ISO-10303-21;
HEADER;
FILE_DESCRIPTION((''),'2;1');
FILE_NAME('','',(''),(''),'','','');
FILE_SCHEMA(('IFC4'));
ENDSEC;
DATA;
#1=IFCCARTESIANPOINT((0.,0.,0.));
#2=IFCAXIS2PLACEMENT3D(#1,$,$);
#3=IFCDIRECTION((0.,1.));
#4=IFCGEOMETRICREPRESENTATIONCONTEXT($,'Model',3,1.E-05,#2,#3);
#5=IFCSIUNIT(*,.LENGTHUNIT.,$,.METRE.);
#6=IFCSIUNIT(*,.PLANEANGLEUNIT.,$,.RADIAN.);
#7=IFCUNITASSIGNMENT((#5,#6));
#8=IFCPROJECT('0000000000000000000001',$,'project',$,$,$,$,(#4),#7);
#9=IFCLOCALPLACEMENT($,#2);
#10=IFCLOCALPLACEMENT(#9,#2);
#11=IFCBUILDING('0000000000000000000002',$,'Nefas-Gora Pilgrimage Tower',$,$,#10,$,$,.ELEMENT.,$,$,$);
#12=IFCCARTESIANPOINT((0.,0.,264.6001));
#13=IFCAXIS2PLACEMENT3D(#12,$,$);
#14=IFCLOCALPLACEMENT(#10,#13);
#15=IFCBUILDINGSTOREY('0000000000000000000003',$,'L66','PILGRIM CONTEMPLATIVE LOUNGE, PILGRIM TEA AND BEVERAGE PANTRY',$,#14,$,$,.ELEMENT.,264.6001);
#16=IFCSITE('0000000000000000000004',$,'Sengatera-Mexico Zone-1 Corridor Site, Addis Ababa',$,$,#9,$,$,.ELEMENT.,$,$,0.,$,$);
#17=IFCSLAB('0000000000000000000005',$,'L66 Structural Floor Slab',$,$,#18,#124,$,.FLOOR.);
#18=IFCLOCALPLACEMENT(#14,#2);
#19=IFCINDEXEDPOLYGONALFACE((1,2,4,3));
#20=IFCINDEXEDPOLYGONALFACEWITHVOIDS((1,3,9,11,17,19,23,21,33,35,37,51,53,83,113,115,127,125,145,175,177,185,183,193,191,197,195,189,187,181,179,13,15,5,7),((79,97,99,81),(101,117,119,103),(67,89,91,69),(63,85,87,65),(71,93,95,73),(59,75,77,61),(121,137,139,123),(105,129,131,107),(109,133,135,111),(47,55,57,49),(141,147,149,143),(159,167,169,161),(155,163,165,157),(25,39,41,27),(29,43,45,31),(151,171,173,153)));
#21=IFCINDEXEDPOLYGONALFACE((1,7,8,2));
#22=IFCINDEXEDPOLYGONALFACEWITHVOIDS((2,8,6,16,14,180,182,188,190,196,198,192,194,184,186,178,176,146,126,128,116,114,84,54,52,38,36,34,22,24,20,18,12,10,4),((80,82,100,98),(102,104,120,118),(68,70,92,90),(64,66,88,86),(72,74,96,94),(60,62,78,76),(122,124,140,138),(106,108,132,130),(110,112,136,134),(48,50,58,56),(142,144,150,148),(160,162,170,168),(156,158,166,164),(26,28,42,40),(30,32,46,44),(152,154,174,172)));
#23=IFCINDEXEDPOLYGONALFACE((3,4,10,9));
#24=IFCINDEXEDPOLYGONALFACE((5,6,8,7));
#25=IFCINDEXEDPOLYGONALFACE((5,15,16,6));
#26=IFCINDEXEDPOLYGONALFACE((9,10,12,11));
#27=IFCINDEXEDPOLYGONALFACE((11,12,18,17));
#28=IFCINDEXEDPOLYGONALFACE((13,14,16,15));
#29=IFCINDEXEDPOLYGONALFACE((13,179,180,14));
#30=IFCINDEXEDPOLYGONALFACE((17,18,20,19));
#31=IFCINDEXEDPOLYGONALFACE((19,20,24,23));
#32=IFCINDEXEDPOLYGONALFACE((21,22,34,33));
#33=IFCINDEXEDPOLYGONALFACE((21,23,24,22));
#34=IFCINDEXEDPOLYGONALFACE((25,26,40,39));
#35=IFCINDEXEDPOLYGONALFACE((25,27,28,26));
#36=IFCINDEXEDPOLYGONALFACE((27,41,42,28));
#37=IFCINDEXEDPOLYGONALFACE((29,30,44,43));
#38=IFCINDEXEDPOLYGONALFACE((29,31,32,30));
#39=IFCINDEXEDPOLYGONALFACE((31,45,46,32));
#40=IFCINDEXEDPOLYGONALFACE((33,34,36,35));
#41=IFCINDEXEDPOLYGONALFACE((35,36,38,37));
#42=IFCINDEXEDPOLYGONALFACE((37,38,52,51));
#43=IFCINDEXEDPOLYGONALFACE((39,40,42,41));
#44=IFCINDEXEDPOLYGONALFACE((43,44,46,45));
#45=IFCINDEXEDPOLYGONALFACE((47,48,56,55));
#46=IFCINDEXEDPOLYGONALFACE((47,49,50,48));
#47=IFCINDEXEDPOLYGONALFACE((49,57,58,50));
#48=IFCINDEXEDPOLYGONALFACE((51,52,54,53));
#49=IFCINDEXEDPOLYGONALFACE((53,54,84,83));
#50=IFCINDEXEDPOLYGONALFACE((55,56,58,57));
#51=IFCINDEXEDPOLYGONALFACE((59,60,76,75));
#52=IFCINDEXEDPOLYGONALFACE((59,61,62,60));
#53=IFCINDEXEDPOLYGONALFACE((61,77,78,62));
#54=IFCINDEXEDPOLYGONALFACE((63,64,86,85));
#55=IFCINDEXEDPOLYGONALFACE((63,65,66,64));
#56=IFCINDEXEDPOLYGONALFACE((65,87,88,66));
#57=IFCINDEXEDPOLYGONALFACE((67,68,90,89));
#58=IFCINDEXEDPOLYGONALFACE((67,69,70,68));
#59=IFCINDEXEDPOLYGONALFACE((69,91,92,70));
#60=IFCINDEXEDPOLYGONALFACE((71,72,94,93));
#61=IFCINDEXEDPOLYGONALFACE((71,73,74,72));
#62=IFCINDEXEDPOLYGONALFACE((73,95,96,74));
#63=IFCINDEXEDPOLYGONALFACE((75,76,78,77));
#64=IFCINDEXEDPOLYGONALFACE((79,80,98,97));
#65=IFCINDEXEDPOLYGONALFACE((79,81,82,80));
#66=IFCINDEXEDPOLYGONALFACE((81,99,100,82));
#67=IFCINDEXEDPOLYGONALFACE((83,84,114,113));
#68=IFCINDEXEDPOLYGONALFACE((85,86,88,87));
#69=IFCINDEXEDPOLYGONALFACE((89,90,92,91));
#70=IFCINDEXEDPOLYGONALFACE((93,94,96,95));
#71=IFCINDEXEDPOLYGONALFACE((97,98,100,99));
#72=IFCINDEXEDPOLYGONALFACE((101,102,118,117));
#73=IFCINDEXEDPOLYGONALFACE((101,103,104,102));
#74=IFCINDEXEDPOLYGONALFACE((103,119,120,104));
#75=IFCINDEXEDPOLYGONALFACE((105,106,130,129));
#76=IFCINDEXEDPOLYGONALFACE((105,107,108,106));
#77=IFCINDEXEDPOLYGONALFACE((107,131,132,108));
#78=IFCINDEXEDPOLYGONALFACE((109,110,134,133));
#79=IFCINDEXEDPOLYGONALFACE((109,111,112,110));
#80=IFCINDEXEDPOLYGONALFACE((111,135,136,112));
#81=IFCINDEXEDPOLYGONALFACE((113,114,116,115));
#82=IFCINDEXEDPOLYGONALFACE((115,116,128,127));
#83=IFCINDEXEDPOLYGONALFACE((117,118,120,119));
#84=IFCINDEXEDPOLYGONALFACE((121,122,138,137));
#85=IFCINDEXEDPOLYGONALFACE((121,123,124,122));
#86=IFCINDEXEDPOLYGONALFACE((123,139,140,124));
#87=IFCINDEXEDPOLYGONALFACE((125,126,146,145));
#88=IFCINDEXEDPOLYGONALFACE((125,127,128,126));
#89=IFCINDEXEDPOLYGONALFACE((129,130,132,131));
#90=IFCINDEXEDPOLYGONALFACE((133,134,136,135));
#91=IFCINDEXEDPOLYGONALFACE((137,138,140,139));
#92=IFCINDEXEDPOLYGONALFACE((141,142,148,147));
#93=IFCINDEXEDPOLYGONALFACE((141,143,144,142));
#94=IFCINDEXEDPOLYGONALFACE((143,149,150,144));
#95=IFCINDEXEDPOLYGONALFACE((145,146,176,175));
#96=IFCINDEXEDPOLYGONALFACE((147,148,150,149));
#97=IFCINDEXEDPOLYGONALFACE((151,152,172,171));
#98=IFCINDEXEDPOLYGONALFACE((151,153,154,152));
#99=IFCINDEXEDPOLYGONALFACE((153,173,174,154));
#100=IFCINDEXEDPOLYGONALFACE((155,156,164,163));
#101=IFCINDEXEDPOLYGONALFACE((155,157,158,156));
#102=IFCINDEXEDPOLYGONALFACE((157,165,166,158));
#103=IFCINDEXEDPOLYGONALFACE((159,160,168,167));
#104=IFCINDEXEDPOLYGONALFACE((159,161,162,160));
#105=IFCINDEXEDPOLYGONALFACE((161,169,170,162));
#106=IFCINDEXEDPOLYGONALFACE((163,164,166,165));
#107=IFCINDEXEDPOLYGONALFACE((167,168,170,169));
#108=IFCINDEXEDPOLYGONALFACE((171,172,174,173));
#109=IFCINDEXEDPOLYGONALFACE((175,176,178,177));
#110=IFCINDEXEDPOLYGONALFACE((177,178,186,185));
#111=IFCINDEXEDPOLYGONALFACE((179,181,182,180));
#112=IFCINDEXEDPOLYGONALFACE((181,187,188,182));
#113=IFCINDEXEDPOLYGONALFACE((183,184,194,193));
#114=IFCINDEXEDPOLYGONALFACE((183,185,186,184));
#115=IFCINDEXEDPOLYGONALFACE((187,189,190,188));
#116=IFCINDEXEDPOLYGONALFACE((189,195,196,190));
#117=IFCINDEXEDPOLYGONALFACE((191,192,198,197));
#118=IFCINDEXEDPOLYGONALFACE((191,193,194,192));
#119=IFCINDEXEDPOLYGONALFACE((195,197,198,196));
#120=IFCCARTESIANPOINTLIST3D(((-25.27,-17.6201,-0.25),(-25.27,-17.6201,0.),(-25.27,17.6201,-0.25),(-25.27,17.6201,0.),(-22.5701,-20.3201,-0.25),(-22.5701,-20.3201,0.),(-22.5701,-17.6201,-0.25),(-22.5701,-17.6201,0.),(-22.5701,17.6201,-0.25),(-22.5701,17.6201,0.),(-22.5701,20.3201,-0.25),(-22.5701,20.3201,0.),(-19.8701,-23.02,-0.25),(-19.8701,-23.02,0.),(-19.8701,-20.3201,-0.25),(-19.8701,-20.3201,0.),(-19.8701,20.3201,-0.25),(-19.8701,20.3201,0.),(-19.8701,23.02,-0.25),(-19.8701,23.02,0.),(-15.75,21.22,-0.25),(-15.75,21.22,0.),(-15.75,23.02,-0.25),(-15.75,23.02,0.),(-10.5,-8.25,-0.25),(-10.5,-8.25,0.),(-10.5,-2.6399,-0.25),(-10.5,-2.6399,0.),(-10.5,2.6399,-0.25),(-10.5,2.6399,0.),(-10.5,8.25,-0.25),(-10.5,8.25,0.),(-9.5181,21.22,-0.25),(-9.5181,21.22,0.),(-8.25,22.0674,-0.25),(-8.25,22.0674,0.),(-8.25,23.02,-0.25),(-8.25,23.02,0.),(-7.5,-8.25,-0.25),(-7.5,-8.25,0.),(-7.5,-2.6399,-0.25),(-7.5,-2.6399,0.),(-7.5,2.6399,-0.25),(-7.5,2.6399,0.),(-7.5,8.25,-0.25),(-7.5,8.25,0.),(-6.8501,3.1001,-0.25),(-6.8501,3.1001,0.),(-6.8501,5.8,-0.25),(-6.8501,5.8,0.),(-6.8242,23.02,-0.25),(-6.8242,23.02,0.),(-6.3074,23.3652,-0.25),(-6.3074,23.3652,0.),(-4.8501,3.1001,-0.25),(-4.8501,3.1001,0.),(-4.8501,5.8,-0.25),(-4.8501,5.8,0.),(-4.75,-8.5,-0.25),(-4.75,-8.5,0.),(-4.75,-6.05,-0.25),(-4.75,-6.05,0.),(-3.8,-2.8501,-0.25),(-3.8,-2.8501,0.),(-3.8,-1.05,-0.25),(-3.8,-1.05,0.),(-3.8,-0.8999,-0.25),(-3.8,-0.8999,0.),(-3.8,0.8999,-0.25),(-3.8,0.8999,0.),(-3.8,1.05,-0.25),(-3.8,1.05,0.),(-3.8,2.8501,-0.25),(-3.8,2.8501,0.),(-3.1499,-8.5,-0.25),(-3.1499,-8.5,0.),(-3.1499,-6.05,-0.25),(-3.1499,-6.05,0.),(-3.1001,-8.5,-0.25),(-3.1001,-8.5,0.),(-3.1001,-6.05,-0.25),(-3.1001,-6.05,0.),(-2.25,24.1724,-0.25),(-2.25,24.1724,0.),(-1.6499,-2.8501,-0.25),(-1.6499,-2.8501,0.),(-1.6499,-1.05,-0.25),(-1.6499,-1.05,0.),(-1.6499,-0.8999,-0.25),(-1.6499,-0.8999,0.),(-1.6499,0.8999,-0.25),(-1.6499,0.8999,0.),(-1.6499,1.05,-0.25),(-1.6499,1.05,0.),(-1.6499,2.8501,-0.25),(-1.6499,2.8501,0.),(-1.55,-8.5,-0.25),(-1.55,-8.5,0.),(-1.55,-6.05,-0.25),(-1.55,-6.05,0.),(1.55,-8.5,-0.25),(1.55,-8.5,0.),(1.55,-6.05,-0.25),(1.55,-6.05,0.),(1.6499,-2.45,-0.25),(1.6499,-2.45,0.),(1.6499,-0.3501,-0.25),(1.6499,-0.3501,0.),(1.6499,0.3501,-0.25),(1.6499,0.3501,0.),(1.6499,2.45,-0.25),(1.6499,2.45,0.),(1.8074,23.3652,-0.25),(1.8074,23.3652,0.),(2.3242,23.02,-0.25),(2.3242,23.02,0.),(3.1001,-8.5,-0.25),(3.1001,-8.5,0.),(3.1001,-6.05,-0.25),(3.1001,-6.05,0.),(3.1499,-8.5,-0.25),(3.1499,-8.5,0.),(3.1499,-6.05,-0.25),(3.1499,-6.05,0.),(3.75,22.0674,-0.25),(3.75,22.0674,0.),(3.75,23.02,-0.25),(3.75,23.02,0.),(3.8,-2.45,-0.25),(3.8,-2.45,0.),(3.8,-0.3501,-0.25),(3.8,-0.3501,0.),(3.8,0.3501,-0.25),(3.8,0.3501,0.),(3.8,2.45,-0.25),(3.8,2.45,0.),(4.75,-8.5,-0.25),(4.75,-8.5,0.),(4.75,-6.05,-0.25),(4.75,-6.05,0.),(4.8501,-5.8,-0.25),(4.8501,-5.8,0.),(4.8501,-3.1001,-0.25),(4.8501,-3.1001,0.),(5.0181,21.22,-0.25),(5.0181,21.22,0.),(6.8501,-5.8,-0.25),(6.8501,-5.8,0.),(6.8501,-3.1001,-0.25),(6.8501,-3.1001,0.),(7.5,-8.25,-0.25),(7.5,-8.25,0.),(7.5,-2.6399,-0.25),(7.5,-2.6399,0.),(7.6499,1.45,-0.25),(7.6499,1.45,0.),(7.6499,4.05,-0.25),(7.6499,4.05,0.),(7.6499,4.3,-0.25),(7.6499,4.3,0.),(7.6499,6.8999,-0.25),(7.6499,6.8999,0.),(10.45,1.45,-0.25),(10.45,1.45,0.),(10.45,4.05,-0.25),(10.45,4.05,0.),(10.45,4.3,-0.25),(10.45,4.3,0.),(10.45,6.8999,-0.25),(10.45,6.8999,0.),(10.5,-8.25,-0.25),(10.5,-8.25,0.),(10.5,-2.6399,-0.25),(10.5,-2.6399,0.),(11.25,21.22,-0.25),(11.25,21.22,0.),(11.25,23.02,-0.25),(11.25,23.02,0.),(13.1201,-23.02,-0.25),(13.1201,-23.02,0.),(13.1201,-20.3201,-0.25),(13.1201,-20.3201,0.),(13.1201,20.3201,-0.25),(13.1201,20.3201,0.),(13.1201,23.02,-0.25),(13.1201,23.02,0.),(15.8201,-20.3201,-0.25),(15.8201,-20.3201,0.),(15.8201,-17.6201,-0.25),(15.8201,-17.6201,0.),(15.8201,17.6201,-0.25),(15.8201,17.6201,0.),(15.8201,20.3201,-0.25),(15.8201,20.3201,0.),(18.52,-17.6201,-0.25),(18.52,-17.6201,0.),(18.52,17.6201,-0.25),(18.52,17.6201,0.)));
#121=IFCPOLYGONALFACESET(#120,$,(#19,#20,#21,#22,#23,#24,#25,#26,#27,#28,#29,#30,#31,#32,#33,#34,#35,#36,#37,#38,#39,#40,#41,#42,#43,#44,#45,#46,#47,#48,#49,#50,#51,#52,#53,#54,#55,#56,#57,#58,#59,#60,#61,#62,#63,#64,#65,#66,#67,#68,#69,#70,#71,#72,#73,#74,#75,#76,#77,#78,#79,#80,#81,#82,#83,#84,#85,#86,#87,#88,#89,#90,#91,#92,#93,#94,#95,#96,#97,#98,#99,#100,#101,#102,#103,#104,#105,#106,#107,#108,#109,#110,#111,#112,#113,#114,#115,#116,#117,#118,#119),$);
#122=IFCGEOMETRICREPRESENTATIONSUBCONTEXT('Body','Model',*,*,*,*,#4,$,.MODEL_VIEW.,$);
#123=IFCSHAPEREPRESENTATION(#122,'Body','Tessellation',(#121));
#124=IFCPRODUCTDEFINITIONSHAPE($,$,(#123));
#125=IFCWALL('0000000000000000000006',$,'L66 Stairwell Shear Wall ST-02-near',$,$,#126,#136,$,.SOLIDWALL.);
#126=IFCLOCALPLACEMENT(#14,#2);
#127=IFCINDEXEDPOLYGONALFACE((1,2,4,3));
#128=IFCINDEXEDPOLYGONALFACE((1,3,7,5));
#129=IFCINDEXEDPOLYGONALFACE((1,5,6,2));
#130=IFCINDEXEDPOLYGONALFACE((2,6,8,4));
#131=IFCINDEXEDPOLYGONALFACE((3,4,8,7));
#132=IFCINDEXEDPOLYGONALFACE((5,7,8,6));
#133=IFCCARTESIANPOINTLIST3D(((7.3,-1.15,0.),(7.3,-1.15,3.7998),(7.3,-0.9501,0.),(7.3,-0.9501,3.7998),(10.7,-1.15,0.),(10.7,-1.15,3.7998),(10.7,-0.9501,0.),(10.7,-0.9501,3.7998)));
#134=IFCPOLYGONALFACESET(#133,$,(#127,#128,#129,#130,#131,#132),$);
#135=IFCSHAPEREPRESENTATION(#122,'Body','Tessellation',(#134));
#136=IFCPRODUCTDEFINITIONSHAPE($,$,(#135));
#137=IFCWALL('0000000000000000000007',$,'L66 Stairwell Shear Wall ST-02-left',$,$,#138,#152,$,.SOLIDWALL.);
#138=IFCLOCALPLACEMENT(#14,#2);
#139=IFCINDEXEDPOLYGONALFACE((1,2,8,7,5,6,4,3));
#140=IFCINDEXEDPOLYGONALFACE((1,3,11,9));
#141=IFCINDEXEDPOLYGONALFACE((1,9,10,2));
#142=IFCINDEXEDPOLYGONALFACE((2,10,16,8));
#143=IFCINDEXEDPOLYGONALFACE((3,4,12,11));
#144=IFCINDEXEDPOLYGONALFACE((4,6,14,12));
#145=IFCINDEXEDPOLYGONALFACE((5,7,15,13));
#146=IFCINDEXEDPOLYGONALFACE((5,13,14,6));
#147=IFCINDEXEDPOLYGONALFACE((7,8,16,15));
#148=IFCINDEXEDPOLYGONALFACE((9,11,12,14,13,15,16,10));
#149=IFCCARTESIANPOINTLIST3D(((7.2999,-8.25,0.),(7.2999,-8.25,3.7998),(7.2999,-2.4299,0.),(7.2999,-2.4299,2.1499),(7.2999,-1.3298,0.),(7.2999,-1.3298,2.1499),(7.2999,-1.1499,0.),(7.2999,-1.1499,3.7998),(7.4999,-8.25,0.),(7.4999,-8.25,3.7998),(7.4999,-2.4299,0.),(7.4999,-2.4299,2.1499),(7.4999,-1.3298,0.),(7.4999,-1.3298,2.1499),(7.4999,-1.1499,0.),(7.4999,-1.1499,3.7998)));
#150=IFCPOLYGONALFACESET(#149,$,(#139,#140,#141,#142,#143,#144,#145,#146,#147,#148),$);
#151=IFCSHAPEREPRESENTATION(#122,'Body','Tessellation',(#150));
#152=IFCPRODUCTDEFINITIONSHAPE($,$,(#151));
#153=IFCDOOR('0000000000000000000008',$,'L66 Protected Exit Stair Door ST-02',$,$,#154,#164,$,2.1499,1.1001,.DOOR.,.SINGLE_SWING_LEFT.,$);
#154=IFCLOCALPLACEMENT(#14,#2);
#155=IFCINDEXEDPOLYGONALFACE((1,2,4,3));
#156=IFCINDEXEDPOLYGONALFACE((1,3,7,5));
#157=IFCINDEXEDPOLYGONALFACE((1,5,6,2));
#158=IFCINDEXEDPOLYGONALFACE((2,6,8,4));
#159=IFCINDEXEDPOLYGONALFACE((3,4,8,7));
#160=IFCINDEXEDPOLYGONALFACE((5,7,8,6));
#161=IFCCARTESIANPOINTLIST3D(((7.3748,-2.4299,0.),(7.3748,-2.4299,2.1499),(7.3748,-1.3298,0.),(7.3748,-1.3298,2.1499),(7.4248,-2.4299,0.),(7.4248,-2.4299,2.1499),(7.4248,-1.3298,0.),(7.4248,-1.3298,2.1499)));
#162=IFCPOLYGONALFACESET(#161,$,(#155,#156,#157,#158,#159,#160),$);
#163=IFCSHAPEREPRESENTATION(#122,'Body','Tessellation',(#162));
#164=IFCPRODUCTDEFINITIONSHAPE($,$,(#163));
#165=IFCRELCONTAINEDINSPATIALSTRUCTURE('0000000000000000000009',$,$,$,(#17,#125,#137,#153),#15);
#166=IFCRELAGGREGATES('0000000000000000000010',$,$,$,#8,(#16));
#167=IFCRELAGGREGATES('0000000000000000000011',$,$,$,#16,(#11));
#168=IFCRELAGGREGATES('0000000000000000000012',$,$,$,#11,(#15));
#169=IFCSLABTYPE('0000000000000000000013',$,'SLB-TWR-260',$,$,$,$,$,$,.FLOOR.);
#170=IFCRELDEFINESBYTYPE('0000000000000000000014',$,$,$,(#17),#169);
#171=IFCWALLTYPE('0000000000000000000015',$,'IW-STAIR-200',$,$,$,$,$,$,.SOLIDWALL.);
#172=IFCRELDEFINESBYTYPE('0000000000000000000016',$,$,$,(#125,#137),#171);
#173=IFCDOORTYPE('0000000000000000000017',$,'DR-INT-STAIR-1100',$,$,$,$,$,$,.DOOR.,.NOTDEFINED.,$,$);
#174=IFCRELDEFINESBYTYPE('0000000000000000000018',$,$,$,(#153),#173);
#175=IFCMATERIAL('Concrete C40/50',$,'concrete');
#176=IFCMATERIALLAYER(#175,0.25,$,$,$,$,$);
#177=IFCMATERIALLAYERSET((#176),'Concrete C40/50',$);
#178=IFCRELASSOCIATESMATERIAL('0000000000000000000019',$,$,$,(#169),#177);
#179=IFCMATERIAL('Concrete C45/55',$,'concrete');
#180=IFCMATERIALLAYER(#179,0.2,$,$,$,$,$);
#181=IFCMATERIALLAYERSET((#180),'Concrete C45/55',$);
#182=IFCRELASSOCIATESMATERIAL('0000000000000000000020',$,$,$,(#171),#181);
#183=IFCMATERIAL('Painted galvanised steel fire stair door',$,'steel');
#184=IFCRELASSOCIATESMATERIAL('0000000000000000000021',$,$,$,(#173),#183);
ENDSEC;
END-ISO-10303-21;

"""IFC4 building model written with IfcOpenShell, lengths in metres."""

from ifc_helpers import new_model, si_unit, direction, frame, frame_2d, origin, place, context, subcontext, project, spatial, polyline, rectangle, outline, extrude, source, transform, mapped, material, layer, layer_set, type_object, element, fill, save


model = new_model("IFC4")

# Units and contexts
model_context = context("Model", 3, precision=1e-05, world=origin(), true_north=direction((0.0, 1.0)))
body_context = subcontext(model_context, "Body", "Model", "MODEL_VIEW")
ifc_project = project(units=[si_unit("LENGTHUNIT", "METRE"), si_unit("PLANEANGLEUNIT", "RADIAN")], contexts=[model_context])

# Site, building, storey
site_placement = place(None, origin())
site = spatial("IfcSite", under=ifc_project, at=site_placement, Name="Sengatera-Mexico Zone-1 Corridor Site, Addis Ababa", CompositionType="ELEMENT", RefElevation=0.0)
building_placement = place(site_placement, origin())
building = spatial("IfcBuilding", under=site, at=building_placement, Name="Nefas-Gora Pilgrimage Tower", CompositionType="ELEMENT")
storey_placement = place(building_placement, frame((0.0, 0.0, 264.6001)))
storey = spatial("IfcBuildingStorey", under=building, at=storey_placement, Name="L66", Description="PILGRIM CONTEMPLATIVE LOUNGE, PILGRIM TEA AND BEVERAGE PANTRY", CompositionType="ELEMENT", Elevation=264.6001)

# Slab
ifc_material_1 = material(Name="Concrete C40/50", Category="concrete")
ifc_material_2 = material(Name="Concrete C45/55", Category="concrete")
ifc_layer_1 = layer(ifc_material_1, 0.25)
ifc_layer_set_1 = layer_set([ifc_layer_1], Name="Concrete C40/50")
slab_type_1 = type_object("IfcSlabType", Name="SLB-TWR-260", PredefinedType="FLOOR", material=ifc_layer_set_1)
slab_1_placement = place(storey_placement, frame((0.0, 0.0, -0.25)))
element("IfcSlab", 1, at=slab_1_placement, inside=storey, type_object=slab_type_1, Name="L66 Structural Floor Slab", PredefinedType="FLOOR", context=body_context, shape_type="SweptSolid", body=[
    extrude(outline(polyline([(15.8201, -17.6201), (18.52, -17.6201), (18.52, 17.6201), (15.8201, 17.6201), (15.8201, 20.3201), (13.1201, 20.3201), (13.1201, 23.02), (11.25, 23.02), (11.25, 21.22), (5.0181, 21.22), (3.75, 22.0674), (3.75, 23.02), (2.3242, 23.02), (1.8074, 23.3652), (-2.25, 24.1724), (-6.3074, 23.3652), (-6.8242, 23.02), (-8.25, 23.02), (-8.25, 22.0674), (-9.5181, 21.22), (-15.75, 21.22), (-15.75, 23.02), (-19.8701, 23.02), (-19.8701, 20.3201), (-22.5701, 20.3201), (-22.5701, 17.6201), (-25.27, 17.6201), (-25.27, -17.6201), (-22.5701, -17.6201), (-22.5701, -20.3201), (-19.8701, -20.3201), (-19.8701, -23.02), (13.1201, -23.02), (13.1201, -20.3201), (15.8201, -20.3201), (15.8201, -17.6201)]), holes=[polyline([(-10.5, 2.6399), (-10.5, 8.25), (-7.5, 8.25), (-7.5, 2.6399), (-10.5, 2.6399)]), polyline([(10.5, -2.6399), (10.5, -8.25), (7.5, -8.25), (7.5, -2.6399), (10.5, -2.6399)]), polyline([(-7.5, -2.6399), (-7.5, -8.25), (-10.5, -8.25), (-10.5, -2.6399), (-7.5, -2.6399)]), polyline([(-6.8501, 5.8), (-4.8501, 5.8), (-4.8501, 3.1001), (-6.8501, 3.1001), (-6.8501, 5.8)]), polyline([(4.8501, -3.1001), (6.8501, -3.1001), (6.8501, -5.8), (4.8501, -5.8), (4.8501, -3.1001)]), polyline([(7.6499, 4.05), (10.45, 4.05), (10.45, 1.45), (7.6499, 1.45), (7.6499, 4.05)]), polyline([(7.6499, 6.8999), (10.45, 6.8999), (10.45, 4.3), (7.6499, 4.3), (7.6499, 6.8999)]), polyline([(-4.75, -6.05), (-3.1499, -6.05), (-3.1499, -8.5), (-4.75, -8.5), (-4.75, -6.05)]), polyline([(-3.1001, -6.05), (-1.55, -6.05), (-1.55, -8.5), (-3.1001, -8.5), (-3.1001, -6.05)]), polyline([(1.55, -6.05), (3.1001, -6.05), (3.1001, -8.5), (1.55, -8.5), (1.55, -6.05)]), polyline([(3.1499, -6.05), (4.75, -6.05), (4.75, -8.5), (3.1499, -8.5), (3.1499, -6.05)]), polyline([(-3.8, -1.05), (-1.6499, -1.05), (-1.6499, -2.8501), (-3.8, -2.8501), (-3.8, -1.05)]), polyline([(-3.8, 0.8999), (-1.6499, 0.8999), (-1.6499, -0.8999), (-3.8, -0.8999), (-3.8, 0.8999)]), polyline([(-3.8, 2.8501), (-1.6499, 2.8501), (-1.6499, 1.05), (-3.8, 1.05), (-3.8, 2.8501)]), polyline([(1.6499, -0.3501), (3.8, -0.3501), (3.8, -2.45), (1.6499, -2.45), (1.6499, -0.3501)]), polyline([(1.6499, 2.45), (3.8, 2.45), (3.8, 0.3501), (1.6499, 0.3501), (1.6499, 2.45)])]), origin(), (0.0, 0.0, 1.0), 0.25),
])

# Wall
ifc_layer_2 = layer(ifc_material_2, 0.2)
ifc_layer_set_2 = layer_set([ifc_layer_2], Name="Concrete C45/55")
wall_type_1 = type_object("IfcWallType", Name="IW-STAIR-200", PredefinedType="SOLIDWALL", material=ifc_layer_set_2)
shared_shape_1 = source(origin(), body_context, "Body", "SweptSolid", [
    extrude(rectangle(XDim=3.3999, YDim=0.2, at=frame_2d((1.7, 0.0))), origin(), (0.0, 0.0, 1.0), 3.7998),
])
wall_1_placement = place(storey_placement, frame((7.3, -1.05, 0.0), z_axis=(0.0, 0.0, 1.0), x_axis=(1.0, 0.0, 0.0)))
element("IfcWall", 2, at=wall_1_placement, inside=storey, type_object=wall_type_1, Name="L66 Stairwell Shear Wall ST-02-near", PredefinedType="SOLIDWALL", context=body_context, shape_type="MappedRepresentation", body=[
    mapped(shared_shape_1, transform((0.0, 0.0, 0.0), x_axis=(1.0, 0.0, 0.0), y_axis=(0.0, 1.0, 0.0), z_axis=(0.0, 0.0, 1.0), scale=1.0)),
])

# Wall, opening, door
shared_shape_2 = source(origin(), body_context, "Body", "SweptSolid", [
    extrude(rectangle(XDim=7.1001, YDim=0.2, at=frame_2d((3.55, 0.0))), origin(), (0.0, 0.0, 1.0), 3.7998),
])
wall_2_placement = place(storey_placement, frame((7.3999, -1.1499, 0.0), z_axis=(0.0, 0.0, 1.0), x_axis=(0.0, -1.0, 0.0)))
wall_2 = element("IfcWall", 3, at=wall_2_placement, inside=storey, type_object=wall_type_1, Name="L66 Stairwell Shear Wall ST-02-left", PredefinedType="SOLIDWALL", context=body_context, shape_type="MappedRepresentation", body=[
    mapped(shared_shape_2, transform((0.0, 0.0, 0.0), x_axis=(1.0, 0.0, 0.0), y_axis=(0.0, 1.0, 0.0), z_axis=(0.0, 0.0, 1.0), scale=1.0)),
])
opening_1_placement = place(wall_2_placement, frame((0.1799, 0.0, 0.0)))
opening_1 = element("IfcOpeningElement", 4, at=opening_1_placement, cuts=wall_2, PredefinedType="OPENING", context=body_context, shape_type="SweptSolid", body=[
    extrude(rectangle(XDim=1.1001, YDim=2.1499, at=frame_2d((0.55, 1.075))), frame((0.0, 0.1099, 0.0), z_axis=(0.0, -1.0, 0.0), x_axis=(1.0, 0.0, 0.0)), (0.0, 0.0, 1.0), 0.22),
])
ifc_material_3 = material(Name="Painted galvanised steel fire stair door", Category="steel")
door_type_1 = type_object("IfcDoorType", Name="DR-INT-STAIR-1100", OperationType="NOTDEFINED", PredefinedType="DOOR", material=ifc_material_3)
shared_shape_3 = source(origin(), body_context, "Body", "SweptSolid", [
    extrude(rectangle(XDim=1.1001, YDim=2.1499, at=frame_2d((0.55, 1.075))), frame((0.0, 0.0249, 0.0), z_axis=(0.0, -1.0, 0.0), x_axis=(1.0, 0.0, 0.0)), (0.0, 0.0, 1.0), 0.05),
])
door_1_placement = place(opening_1_placement, origin())
door_1 = element("IfcDoor", 5, at=door_1_placement, inside=storey, type_object=door_type_1, Name="L66 Protected Exit Stair Door ST-02", OperationType="SINGLE_SWING_LEFT", OverallHeight=2.1499, OverallWidth=1.1001, PredefinedType="DOOR", context=body_context, shape_type="MappedRepresentation", body=[
    mapped(shared_shape_3, transform((0.0, 0.0, 0.0), x_axis=(1.0, 0.0, 0.0), y_axis=(0.0, 1.0, 0.0), z_axis=(0.0, 0.0, 1.0), scale=1.0)),
])
fill(opening_1, door_1)

save(model, "model.ifc")
